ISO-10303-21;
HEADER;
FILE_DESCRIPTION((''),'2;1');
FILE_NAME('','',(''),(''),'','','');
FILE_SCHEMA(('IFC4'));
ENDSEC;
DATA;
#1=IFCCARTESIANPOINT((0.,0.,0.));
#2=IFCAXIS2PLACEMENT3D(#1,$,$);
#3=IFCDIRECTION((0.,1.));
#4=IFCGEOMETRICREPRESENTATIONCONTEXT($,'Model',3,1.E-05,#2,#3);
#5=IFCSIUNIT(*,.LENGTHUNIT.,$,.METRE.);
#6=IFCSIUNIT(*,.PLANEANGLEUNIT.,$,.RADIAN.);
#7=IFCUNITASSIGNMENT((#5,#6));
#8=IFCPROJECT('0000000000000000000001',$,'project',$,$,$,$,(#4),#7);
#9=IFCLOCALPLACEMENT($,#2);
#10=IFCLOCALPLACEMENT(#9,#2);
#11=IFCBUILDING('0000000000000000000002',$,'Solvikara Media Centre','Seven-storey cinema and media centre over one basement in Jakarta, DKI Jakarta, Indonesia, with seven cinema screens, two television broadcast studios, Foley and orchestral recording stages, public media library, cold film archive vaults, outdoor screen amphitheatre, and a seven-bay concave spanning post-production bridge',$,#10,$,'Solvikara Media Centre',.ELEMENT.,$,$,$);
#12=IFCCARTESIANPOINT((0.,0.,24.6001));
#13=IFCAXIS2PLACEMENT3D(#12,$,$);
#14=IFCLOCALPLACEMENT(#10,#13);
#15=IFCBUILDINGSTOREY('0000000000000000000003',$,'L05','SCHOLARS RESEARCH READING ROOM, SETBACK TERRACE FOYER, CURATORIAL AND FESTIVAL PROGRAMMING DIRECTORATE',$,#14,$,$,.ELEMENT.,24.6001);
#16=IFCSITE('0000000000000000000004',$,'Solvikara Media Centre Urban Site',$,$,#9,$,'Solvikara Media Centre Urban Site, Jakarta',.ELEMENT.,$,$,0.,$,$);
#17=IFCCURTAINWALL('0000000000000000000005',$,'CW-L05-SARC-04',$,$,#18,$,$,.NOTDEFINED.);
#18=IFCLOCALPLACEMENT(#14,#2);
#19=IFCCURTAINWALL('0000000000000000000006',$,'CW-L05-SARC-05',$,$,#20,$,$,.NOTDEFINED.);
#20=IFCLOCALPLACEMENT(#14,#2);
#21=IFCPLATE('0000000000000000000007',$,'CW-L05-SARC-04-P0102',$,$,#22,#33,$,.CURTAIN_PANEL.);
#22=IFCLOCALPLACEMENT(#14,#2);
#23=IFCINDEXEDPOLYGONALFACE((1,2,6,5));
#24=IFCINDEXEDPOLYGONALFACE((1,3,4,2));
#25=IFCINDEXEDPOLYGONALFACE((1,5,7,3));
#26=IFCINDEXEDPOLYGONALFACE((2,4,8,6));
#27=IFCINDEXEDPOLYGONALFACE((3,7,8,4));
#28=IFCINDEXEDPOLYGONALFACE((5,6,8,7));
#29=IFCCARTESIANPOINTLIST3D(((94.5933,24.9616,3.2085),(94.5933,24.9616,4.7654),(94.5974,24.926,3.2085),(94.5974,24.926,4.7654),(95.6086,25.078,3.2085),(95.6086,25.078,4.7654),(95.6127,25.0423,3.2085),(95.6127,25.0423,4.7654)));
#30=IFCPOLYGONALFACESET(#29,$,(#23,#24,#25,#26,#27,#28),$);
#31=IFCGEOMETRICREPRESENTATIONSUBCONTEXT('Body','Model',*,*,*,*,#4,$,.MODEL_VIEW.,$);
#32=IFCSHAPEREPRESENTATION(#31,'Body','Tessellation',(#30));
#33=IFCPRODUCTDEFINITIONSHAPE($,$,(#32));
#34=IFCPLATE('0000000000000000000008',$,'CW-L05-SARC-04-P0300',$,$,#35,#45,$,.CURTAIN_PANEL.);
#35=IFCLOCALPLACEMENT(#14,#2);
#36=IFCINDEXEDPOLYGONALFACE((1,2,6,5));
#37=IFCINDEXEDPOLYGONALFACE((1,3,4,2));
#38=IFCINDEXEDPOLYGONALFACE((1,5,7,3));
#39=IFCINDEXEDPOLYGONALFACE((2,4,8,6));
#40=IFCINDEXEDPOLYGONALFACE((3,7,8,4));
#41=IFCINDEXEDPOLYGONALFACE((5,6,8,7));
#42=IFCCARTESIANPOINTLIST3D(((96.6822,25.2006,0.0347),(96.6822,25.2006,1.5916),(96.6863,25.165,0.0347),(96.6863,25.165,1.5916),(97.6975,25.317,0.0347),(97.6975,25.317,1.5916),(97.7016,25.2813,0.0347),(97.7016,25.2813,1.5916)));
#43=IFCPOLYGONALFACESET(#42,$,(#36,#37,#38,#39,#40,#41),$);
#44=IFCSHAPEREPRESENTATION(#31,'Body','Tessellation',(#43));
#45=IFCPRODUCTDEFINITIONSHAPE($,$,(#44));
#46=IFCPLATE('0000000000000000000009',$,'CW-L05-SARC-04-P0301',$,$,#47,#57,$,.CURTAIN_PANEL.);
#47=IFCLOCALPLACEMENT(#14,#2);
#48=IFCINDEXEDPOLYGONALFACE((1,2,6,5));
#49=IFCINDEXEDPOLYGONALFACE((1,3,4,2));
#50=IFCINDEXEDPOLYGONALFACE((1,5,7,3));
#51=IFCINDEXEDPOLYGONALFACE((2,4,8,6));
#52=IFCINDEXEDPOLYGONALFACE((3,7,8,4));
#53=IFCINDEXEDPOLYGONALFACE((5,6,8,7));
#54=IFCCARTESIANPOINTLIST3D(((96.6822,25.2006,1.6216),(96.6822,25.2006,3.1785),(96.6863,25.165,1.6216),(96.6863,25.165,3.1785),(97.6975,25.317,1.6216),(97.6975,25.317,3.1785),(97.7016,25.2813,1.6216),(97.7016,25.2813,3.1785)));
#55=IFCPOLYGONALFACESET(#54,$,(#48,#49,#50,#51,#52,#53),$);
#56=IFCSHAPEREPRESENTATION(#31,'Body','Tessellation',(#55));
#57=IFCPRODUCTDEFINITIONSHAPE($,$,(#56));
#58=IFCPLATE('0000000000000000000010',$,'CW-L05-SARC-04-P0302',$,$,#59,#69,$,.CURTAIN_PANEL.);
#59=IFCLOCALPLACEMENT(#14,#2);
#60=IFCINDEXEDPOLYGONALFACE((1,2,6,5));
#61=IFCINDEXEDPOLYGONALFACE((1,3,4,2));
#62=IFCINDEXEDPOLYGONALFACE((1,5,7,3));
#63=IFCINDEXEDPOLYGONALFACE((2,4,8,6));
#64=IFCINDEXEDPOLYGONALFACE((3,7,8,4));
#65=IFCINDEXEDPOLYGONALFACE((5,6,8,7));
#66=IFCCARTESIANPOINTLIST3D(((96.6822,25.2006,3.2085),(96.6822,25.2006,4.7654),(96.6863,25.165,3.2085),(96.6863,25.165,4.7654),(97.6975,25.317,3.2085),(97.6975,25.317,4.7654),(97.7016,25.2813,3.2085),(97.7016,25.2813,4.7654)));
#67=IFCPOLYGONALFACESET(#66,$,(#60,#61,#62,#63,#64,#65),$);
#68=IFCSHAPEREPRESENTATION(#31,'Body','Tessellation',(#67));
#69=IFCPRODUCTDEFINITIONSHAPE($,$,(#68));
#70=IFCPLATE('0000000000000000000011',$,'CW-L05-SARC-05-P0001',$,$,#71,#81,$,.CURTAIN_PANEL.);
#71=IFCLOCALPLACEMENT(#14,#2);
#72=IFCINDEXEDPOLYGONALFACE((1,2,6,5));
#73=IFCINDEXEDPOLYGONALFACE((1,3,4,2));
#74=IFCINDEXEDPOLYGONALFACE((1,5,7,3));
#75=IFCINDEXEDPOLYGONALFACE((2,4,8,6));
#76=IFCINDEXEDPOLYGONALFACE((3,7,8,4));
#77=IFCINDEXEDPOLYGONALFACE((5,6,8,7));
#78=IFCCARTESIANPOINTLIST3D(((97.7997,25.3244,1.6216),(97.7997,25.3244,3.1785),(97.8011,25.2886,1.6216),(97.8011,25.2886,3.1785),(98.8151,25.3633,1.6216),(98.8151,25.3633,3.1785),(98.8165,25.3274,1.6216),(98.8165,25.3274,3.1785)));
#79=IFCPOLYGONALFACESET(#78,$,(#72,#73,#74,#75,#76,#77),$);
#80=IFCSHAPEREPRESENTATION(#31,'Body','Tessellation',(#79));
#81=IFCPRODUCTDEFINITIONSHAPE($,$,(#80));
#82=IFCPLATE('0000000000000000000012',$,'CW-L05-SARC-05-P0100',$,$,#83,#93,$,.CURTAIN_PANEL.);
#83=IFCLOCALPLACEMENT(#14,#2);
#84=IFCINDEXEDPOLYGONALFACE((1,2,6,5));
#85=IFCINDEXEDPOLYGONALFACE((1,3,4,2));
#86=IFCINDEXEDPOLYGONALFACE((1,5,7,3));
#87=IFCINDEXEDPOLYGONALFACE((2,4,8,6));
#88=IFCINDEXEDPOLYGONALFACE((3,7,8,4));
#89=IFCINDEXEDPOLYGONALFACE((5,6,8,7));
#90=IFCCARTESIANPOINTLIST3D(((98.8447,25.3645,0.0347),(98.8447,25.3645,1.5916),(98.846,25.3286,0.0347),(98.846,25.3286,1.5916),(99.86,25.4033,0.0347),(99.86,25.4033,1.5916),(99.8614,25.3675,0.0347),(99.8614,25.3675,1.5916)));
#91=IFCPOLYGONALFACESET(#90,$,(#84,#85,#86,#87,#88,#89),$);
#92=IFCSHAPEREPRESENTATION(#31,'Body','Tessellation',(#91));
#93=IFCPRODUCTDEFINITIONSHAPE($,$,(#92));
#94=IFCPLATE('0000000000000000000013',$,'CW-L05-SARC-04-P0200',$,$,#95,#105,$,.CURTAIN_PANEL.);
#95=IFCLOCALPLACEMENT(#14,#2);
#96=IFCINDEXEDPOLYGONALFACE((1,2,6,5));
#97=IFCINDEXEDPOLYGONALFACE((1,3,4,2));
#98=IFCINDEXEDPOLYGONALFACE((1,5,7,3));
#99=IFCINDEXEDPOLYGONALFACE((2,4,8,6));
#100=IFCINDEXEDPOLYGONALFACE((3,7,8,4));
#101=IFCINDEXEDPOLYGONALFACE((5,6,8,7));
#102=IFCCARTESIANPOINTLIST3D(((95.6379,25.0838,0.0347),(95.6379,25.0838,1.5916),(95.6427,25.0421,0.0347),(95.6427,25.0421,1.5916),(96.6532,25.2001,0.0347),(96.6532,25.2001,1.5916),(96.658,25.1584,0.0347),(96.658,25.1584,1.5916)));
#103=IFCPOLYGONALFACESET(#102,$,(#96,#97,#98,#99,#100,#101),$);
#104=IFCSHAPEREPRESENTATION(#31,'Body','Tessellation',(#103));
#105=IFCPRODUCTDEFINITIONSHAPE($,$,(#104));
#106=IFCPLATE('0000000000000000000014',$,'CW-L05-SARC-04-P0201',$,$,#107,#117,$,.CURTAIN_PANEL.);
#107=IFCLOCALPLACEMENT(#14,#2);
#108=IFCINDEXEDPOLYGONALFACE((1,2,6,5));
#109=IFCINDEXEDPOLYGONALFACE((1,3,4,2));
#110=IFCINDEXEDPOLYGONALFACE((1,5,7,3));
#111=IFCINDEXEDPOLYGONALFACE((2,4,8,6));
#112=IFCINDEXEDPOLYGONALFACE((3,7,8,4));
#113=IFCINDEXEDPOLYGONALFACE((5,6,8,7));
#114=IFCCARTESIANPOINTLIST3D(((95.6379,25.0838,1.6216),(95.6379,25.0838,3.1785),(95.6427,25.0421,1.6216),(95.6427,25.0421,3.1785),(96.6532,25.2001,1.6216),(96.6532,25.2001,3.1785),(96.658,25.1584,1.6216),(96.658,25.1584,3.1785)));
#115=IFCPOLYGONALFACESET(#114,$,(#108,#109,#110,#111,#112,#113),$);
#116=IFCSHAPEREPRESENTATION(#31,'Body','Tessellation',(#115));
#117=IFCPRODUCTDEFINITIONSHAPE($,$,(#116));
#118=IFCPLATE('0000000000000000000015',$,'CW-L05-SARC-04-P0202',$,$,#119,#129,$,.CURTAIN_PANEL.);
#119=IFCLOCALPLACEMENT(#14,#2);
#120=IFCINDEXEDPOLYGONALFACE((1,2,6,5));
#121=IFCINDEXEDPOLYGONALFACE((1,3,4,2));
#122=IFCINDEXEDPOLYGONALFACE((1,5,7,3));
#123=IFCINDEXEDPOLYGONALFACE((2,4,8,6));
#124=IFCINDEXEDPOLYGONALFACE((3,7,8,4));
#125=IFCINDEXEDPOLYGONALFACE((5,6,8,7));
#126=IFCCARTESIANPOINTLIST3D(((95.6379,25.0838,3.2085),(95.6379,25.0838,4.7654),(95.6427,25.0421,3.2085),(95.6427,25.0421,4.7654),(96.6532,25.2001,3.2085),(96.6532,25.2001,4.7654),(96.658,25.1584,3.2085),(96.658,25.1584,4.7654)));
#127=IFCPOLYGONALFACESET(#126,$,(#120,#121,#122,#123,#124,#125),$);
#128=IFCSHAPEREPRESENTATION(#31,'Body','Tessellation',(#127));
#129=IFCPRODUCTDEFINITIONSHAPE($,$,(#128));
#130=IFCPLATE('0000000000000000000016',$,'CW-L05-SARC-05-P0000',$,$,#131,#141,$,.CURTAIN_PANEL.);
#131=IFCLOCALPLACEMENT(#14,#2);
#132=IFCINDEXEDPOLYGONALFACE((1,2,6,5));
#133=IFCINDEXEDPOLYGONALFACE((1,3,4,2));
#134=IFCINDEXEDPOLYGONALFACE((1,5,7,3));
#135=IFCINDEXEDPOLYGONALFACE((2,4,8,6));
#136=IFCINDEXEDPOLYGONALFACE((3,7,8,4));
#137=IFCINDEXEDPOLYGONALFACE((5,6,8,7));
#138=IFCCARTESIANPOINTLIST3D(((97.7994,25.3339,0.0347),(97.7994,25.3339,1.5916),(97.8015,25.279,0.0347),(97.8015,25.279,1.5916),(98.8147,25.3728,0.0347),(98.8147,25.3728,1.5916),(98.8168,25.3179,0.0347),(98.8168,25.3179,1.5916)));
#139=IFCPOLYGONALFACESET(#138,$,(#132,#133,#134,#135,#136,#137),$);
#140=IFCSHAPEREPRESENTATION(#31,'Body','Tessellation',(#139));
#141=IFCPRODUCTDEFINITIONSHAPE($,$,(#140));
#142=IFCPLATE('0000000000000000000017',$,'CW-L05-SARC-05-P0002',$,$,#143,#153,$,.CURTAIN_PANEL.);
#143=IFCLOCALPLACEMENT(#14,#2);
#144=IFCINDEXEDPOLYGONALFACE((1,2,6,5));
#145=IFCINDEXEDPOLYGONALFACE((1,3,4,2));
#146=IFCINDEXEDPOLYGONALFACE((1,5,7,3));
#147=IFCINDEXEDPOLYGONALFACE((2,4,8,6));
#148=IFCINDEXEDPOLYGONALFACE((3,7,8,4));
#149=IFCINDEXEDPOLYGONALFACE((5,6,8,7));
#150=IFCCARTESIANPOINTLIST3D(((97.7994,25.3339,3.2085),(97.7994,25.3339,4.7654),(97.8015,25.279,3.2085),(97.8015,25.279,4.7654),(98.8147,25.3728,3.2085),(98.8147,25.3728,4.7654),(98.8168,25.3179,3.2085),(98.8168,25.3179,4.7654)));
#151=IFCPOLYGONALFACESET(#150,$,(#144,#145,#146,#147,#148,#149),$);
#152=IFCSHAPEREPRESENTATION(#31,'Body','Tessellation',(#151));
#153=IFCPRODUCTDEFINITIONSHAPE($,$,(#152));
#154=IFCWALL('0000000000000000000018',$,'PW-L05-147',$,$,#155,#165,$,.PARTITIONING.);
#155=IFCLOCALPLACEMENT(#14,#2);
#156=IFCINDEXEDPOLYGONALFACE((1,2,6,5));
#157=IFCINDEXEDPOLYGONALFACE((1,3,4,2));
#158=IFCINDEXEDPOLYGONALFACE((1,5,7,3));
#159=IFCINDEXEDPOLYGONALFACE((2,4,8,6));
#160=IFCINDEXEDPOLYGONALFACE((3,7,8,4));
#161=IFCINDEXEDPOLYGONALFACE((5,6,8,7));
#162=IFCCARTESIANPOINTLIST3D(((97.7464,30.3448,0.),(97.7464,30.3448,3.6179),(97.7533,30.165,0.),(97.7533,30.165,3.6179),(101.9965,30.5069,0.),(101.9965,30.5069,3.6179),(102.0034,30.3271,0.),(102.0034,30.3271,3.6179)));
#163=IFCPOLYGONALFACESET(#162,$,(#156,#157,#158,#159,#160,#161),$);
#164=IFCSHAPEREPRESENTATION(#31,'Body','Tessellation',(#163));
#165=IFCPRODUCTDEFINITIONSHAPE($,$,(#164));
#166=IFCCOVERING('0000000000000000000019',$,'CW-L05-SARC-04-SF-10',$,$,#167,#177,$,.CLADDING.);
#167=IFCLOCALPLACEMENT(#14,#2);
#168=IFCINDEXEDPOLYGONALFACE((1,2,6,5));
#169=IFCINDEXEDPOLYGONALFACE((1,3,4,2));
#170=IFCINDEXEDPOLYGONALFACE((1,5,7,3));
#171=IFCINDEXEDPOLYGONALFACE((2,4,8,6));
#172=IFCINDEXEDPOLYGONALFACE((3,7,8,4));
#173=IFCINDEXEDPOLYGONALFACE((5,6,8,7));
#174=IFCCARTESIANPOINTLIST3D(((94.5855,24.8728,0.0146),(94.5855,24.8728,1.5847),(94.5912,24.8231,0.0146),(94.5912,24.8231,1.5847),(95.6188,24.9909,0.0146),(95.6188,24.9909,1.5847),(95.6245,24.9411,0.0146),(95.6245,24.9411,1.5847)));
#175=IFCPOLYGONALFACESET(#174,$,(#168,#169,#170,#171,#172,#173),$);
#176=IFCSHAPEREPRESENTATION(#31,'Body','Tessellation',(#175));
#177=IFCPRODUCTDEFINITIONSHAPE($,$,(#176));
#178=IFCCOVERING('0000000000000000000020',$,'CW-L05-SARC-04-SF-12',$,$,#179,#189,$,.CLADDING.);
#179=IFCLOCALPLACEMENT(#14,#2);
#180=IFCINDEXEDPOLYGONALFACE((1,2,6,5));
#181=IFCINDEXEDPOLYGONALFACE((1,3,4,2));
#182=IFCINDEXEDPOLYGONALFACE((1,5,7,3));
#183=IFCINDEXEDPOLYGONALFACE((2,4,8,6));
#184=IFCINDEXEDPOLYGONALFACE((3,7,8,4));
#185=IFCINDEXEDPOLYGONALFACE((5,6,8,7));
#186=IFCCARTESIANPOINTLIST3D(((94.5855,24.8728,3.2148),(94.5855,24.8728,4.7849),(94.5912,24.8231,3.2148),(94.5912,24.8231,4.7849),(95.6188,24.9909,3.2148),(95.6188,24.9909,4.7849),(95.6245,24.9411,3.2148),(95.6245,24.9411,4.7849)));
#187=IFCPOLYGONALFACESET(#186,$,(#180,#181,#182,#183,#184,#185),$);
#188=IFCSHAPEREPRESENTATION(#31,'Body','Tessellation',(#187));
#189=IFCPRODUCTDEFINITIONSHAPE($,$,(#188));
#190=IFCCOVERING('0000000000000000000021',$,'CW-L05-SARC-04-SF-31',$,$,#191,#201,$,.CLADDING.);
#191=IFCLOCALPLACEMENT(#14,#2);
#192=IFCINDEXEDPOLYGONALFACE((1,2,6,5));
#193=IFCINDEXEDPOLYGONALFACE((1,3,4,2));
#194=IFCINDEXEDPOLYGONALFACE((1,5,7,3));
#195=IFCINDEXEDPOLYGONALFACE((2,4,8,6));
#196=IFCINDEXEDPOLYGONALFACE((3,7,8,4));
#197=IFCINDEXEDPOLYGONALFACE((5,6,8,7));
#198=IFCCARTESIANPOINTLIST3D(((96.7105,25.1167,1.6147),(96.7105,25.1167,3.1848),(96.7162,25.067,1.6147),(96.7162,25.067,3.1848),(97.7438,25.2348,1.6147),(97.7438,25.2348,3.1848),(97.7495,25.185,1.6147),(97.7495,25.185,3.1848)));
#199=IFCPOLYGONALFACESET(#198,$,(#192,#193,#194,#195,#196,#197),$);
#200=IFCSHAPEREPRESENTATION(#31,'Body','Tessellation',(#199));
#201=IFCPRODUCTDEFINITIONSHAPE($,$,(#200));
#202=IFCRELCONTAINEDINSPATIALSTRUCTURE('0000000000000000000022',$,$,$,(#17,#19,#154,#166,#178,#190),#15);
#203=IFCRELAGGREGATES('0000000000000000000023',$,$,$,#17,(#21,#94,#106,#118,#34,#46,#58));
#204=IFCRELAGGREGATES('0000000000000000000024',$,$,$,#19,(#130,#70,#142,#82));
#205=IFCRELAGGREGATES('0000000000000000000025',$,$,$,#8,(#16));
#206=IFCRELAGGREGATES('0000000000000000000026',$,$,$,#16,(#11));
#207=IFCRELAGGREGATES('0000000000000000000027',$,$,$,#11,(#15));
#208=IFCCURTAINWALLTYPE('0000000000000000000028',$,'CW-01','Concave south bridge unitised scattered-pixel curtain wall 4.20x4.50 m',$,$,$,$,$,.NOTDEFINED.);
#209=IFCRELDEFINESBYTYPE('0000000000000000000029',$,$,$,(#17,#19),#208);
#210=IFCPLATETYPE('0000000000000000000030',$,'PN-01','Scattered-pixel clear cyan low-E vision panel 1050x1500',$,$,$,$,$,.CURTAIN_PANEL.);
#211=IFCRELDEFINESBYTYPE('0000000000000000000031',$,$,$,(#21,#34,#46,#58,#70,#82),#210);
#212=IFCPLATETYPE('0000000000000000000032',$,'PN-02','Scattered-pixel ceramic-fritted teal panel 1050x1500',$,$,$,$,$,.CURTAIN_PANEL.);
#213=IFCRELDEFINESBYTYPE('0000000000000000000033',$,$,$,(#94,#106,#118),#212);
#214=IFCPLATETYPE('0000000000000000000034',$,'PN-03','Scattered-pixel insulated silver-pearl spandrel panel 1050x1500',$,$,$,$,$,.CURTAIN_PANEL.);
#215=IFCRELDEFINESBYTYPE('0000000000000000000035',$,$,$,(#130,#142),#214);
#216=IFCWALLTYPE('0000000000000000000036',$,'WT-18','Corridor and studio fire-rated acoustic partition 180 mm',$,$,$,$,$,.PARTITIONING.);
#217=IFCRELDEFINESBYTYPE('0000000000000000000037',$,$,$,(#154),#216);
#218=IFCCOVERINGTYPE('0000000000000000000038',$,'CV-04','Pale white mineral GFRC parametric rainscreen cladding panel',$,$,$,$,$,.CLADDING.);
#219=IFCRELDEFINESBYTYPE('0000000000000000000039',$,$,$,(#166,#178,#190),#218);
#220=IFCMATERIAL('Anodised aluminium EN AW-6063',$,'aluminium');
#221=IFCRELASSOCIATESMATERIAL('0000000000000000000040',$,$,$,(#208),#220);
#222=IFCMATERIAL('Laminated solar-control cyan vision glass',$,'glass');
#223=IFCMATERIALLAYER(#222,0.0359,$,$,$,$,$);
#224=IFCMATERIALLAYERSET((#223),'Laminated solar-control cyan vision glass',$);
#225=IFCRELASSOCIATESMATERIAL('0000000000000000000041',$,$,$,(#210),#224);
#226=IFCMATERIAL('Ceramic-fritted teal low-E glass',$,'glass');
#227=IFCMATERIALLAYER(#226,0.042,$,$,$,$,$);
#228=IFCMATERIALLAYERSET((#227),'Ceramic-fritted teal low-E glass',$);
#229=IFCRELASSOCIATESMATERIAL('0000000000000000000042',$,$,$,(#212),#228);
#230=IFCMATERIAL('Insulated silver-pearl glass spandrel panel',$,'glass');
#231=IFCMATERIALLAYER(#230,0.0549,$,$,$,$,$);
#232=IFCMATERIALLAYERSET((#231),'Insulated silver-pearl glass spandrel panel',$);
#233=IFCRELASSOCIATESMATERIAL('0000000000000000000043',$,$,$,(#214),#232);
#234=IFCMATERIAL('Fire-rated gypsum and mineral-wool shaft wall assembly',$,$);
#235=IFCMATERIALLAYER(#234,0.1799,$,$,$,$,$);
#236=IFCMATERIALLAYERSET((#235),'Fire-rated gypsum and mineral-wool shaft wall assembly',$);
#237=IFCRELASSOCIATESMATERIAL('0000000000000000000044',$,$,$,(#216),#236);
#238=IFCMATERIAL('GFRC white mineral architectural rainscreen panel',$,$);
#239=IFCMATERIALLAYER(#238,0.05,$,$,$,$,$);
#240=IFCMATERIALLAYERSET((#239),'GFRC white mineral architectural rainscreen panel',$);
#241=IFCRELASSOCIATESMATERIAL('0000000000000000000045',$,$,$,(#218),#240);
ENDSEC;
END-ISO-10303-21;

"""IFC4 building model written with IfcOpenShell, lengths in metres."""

from ifc_helpers import new_model, si_unit, direction, frame, frame_2d, origin, origin_2d, place, context, subcontext, project, spatial, rectangle, extrude, material, layer, layer_set, type_object, element, aggregate, save


model = new_model("IFC4")

# Units and contexts
model_context = context("Model", 3, precision=1e-05, world=origin(), true_north=direction((0.0, 1.0)))
body_context = subcontext(model_context, "Body", "Model", "MODEL_VIEW")
ifc_project = project(units=[si_unit("LENGTHUNIT", "METRE"), si_unit("PLANEANGLEUNIT", "RADIAN")], contexts=[model_context])

# Site, building, storey
site_placement = place(None, origin())
site = spatial("IfcSite", under=ifc_project, at=site_placement, Name="Solvikara Media Centre Urban Site", LongName="Solvikara Media Centre Urban Site, Jakarta", CompositionType="ELEMENT", RefElevation=0.0)
building_placement = place(site_placement, origin())
building = spatial("IfcBuilding", under=site, at=building_placement, Name="Solvikara Media Centre", Description="Seven-storey cinema and media centre over one basement in Jakarta, DKI Jakarta, Indonesia, with seven cinema screens, two television broadcast studios, Foley and orchestral recording stages, public media library, cold film archive vaults, outdoor screen amphitheatre, and a seven-bay concave spanning post-production bridge", LongName="Solvikara Media Centre", CompositionType="ELEMENT")
storey_placement = place(building_placement, frame((0.0, 0.0, 24.6001)))
storey = spatial("IfcBuildingStorey", under=building, at=storey_placement, Name="L05", Description="SCHOLARS RESEARCH READING ROOM, SETBACK TERRACE FOYER, CURATORIAL AND FESTIVAL PROGRAMMING DIRECTORATE", CompositionType="ELEMENT", Elevation=24.6001)

# Curtain walls
ifc_material_1 = material(Name="Anodised aluminium EN AW-6063", Category="aluminium")
curtain_wall_type = type_object("IfcCurtainWallType", Name="CW-01", Description="Concave south bridge unitised scattered-pixel curtain wall 4.20x4.50 m", PredefinedType="NOTDEFINED", material=ifc_material_1)
curtain_wall_1_placement = place(storey_placement, origin())
curtain_wall_1 = element("IfcCurtainWall", 1, at=curtain_wall_1_placement, inside=storey, type_object=curtain_wall_type, Name="CW-L05-SARC-04", PredefinedType="NOTDEFINED")
curtain_wall_2_placement = place(storey_placement, origin())
curtain_wall_2 = element("IfcCurtainWall", 2, at=curtain_wall_2_placement, inside=storey, type_object=curtain_wall_type, Name="CW-L05-SARC-05", PredefinedType="NOTDEFINED")

# Plates
ifc_material_2 = material(Name="Laminated solar-control cyan vision glass", Category="glass")
ifc_layer_1 = layer(ifc_material_2, 0.0359)
ifc_layer_set_1 = layer_set([ifc_layer_1], Name="Laminated solar-control cyan vision glass")
plate_type_1 = type_object("IfcPlateType", Name="PN-01", Description="Scattered-pixel clear cyan low-E vision panel 1050x1500", PredefinedType="CURTAIN_PANEL", material=ifc_layer_set_1)
plate_1_placement = place(storey_placement, frame((95.103, 25.002, 3.2085), z_axis=(0.0, 0.0, 1.0), x_axis=(0.993499, 0.113845, 0.0)))
plate_1 = element("IfcPlate", 3, at=plate_1_placement, type_object=plate_type_1, Name="CW-L05-SARC-04-P0102", PredefinedType="CURTAIN_PANEL", context=body_context, shape_type="SweptSolid", body=[
    extrude(rectangle(XDim=1.022, YDim=0.0359, at=origin_2d()), origin(), (0.0, 0.0, 1.0), 1.5569),
])
plate_2_placement = place(storey_placement, frame((97.1919, 25.241, 0.0347), z_axis=(0.0, 0.0, 1.0), x_axis=(0.993499, 0.113845, 0.0)))
plate_2 = element("IfcPlate", 4, at=plate_2_placement, type_object=plate_type_1, Name="CW-L05-SARC-04-P0300", PredefinedType="CURTAIN_PANEL", context=body_context, shape_type="SweptSolid", body=[
    extrude(rectangle(XDim=1.022, YDim=0.0359, at=origin_2d()), origin(), (0.0, 0.0, 1.0), 1.5569),
])
plate_3_placement = place(storey_placement, frame((97.1919, 25.241, 1.6216), z_axis=(0.0, 0.0, 1.0), x_axis=(0.993499, 0.113845, 0.0)))
plate_3 = element("IfcPlate", 5, at=plate_3_placement, type_object=plate_type_1, Name="CW-L05-SARC-04-P0301", PredefinedType="CURTAIN_PANEL", context=body_context, shape_type="SweptSolid", body=[
    extrude(rectangle(XDim=1.022, YDim=0.0359, at=origin_2d()), origin(), (0.0, 0.0, 1.0), 1.5569),
])
plate_4_placement = place(storey_placement, frame((97.1919, 25.241, 3.2085), z_axis=(0.0, 0.0, 1.0), x_axis=(0.993499, 0.113845, 0.0)))
plate_4 = element("IfcPlate", 6, at=plate_4_placement, type_object=plate_type_1, Name="CW-L05-SARC-04-P0302", PredefinedType="CURTAIN_PANEL", context=body_context, shape_type="SweptSolid", body=[
    extrude(rectangle(XDim=1.022, YDim=0.0359, at=origin_2d()), origin(), (0.0, 0.0, 1.0), 1.5569),
])
plate_5_placement = place(storey_placement, frame((98.3081, 25.3259, 1.6216), z_axis=(0.0, 0.0, 1.0), x_axis=(0.999268, 0.038248, 0.0)))
plate_5 = element("IfcPlate", 7, at=plate_5_placement, type_object=plate_type_1, Name="CW-L05-SARC-05-P0001", PredefinedType="CURTAIN_PANEL", context=body_context, shape_type="SweptSolid", body=[
    extrude(rectangle(XDim=1.0161, YDim=0.0359, at=origin_2d()), origin(), (0.0, 0.0, 1.0), 1.5569),
])
plate_6_placement = place(storey_placement, frame((99.353, 25.366, 0.0347), z_axis=(0.0, 0.0, 1.0), x_axis=(0.999268, 0.038248, 0.0)))
plate_6 = element("IfcPlate", 8, at=plate_6_placement, type_object=plate_type_1, Name="CW-L05-SARC-05-P0100", PredefinedType="CURTAIN_PANEL", context=body_context, shape_type="SweptSolid", body=[
    extrude(rectangle(XDim=1.0161, YDim=0.0359, at=origin_2d()), origin(), (0.0, 0.0, 1.0), 1.5569),
])
ifc_material_3 = material(Name="Ceramic-fritted teal low-E glass", Category="glass")
ifc_layer_2 = layer(ifc_material_3, 0.042)
ifc_layer_set_2 = layer_set([ifc_layer_2], Name="Ceramic-fritted teal low-E glass")
plate_type_2 = type_object("IfcPlateType", Name="PN-02", Description="Scattered-pixel ceramic-fritted teal panel 1050x1500", PredefinedType="CURTAIN_PANEL", material=ifc_layer_set_2)
plate_7_placement = place(storey_placement, frame((96.1479, 25.1211, 0.0347), z_axis=(0.0, 0.0, 1.0), x_axis=(0.993499, 0.113845, 0.0)))
plate_7 = element("IfcPlate", 9, at=plate_7_placement, type_object=plate_type_2, Name="CW-L05-SARC-04-P0200", PredefinedType="CURTAIN_PANEL", context=body_context, shape_type="SweptSolid", body=[
    extrude(rectangle(XDim=1.022, YDim=0.042, at=origin_2d()), origin(), (0.0, 0.0, 1.0), 1.5569),
])
plate_8_placement = place(storey_placement, frame((96.1479, 25.1211, 1.6216), z_axis=(0.0, 0.0, 1.0), x_axis=(0.993499, 0.113845, 0.0)))
plate_8 = element("IfcPlate", 10, at=plate_8_placement, type_object=plate_type_2, Name="CW-L05-SARC-04-P0201", PredefinedType="CURTAIN_PANEL", context=body_context, shape_type="SweptSolid", body=[
    extrude(rectangle(XDim=1.022, YDim=0.042, at=origin_2d()), origin(), (0.0, 0.0, 1.0), 1.5569),
])
plate_9_placement = place(storey_placement, frame((96.1479, 25.1211, 3.2085), z_axis=(0.0, 0.0, 1.0), x_axis=(0.993499, 0.113845, 0.0)))
plate_9 = element("IfcPlate", 11, at=plate_9_placement, type_object=plate_type_2, Name="CW-L05-SARC-04-P0202", PredefinedType="CURTAIN_PANEL", context=body_context, shape_type="SweptSolid", body=[
    extrude(rectangle(XDim=1.022, YDim=0.042, at=origin_2d()), origin(), (0.0, 0.0, 1.0), 1.5569),
])
aggregate(curtain_wall_1, [plate_1, plate_7, plate_8, plate_9, plate_2, plate_3, plate_4])
ifc_material_4 = material(Name="Insulated silver-pearl glass spandrel panel", Category="glass")
ifc_layer_3 = layer(ifc_material_4, 0.0549)
ifc_layer_set_3 = layer_set([ifc_layer_3], Name="Insulated silver-pearl glass spandrel panel")
plate_type_3 = type_object("IfcPlateType", Name="PN-03", Description="Scattered-pixel insulated silver-pearl spandrel panel 1050x1500", PredefinedType="CURTAIN_PANEL", material=ifc_layer_set_3)
plate_10_placement = place(storey_placement, frame((98.3081, 25.3259, 0.0347), z_axis=(0.0, 0.0, 1.0), x_axis=(0.999268, 0.038248, 0.0)))
plate_10 = element("IfcPlate", 12, at=plate_10_placement, type_object=plate_type_3, Name="CW-L05-SARC-05-P0000", PredefinedType="CURTAIN_PANEL", context=body_context, shape_type="SweptSolid", body=[
    extrude(rectangle(XDim=1.0161, YDim=0.0549, at=origin_2d()), origin(), (0.0, 0.0, 1.0), 1.5569),
])
plate_11_placement = place(storey_placement, frame((98.3081, 25.3259, 3.2085), z_axis=(0.0, 0.0, 1.0), x_axis=(0.999268, 0.038248, 0.0)))
plate_11 = element("IfcPlate", 13, at=plate_11_placement, type_object=plate_type_3, Name="CW-L05-SARC-05-P0002", PredefinedType="CURTAIN_PANEL", context=body_context, shape_type="SweptSolid", body=[
    extrude(rectangle(XDim=1.0161, YDim=0.0549, at=origin_2d()), origin(), (0.0, 0.0, 1.0), 1.5569),
])
aggregate(curtain_wall_2, [plate_10, plate_5, plate_11, plate_6])

# Wall
ifc_material_5 = material(Name="Fire-rated gypsum and mineral-wool shaft wall assembly")
ifc_layer_4 = layer(ifc_material_5, 0.1799)
ifc_layer_set_4 = layer_set([ifc_layer_4], Name="Fire-rated gypsum and mineral-wool shaft wall assembly")
wall_type = type_object("IfcWallType", Name="WT-18", Description="Corridor and studio fire-rated acoustic partition 180 mm", PredefinedType="PARTITIONING", material=ifc_layer_set_4)
wall_placement = place(storey_placement, frame((97.75, 30.2549, 0.0), z_axis=(0.0, 0.0, 1.0), x_axis=(0.999273, 0.038116, 0.0)))
element("IfcWall", 14, at=wall_placement, inside=storey, type_object=wall_type, Name="PW-L05-147", PredefinedType="PARTITIONING", context=body_context, shape_type="SweptSolid", body=[
    extrude(rectangle(XDim=4.2532, YDim=0.1799, at=frame_2d((2.1265, 0.0))), origin(), (0.0, 0.0, 1.0), 3.6179),
])

# Coverings
ifc_material_6 = material(Name="GFRC white mineral architectural rainscreen panel")
ifc_layer_5 = layer(ifc_material_6, 0.05)
ifc_layer_set_5 = layer_set([ifc_layer_5], Name="GFRC white mineral architectural rainscreen panel")
covering_type_1 = type_object("IfcCoveringType", Name="CV-04", Description="Pale white mineral GFRC parametric rainscreen cladding panel", PredefinedType="CLADDING", material=ifc_layer_set_5)
for number, where, z_axis, x_axis, name in (
    (15, (95.105, 24.907, 0.0146), (0.0, 0.0, 1.0), (0.993538, 0.113498, 0.0), "CW-L05-SARC-04-SF-10"),
    (16, (95.105, 24.907, 3.2148), (0.0, 0.0, 1.0), (0.993538, 0.113498, 0.0), "CW-L05-SARC-04-SF-12"),
    (17, (97.23, 25.1509, 1.6147), (0.0, 0.0, 1.0), (0.993538, 0.113498, 0.0), "CW-L05-SARC-04-SF-31"),
):
    element("IfcCovering", number, at=place(storey_placement, frame(where, z_axis=z_axis, x_axis=x_axis)), inside=storey, type_object=covering_type_1, Name=name, PredefinedType="CLADDING", context=body_context, shape_type="SweptSolid", body=[
        extrude(rectangle(XDim=1.04, YDim=0.05, at=origin_2d()), origin(), (0.0, 0.0, 1.0), 1.5701),
    ])

save(model, "model.ifc")
